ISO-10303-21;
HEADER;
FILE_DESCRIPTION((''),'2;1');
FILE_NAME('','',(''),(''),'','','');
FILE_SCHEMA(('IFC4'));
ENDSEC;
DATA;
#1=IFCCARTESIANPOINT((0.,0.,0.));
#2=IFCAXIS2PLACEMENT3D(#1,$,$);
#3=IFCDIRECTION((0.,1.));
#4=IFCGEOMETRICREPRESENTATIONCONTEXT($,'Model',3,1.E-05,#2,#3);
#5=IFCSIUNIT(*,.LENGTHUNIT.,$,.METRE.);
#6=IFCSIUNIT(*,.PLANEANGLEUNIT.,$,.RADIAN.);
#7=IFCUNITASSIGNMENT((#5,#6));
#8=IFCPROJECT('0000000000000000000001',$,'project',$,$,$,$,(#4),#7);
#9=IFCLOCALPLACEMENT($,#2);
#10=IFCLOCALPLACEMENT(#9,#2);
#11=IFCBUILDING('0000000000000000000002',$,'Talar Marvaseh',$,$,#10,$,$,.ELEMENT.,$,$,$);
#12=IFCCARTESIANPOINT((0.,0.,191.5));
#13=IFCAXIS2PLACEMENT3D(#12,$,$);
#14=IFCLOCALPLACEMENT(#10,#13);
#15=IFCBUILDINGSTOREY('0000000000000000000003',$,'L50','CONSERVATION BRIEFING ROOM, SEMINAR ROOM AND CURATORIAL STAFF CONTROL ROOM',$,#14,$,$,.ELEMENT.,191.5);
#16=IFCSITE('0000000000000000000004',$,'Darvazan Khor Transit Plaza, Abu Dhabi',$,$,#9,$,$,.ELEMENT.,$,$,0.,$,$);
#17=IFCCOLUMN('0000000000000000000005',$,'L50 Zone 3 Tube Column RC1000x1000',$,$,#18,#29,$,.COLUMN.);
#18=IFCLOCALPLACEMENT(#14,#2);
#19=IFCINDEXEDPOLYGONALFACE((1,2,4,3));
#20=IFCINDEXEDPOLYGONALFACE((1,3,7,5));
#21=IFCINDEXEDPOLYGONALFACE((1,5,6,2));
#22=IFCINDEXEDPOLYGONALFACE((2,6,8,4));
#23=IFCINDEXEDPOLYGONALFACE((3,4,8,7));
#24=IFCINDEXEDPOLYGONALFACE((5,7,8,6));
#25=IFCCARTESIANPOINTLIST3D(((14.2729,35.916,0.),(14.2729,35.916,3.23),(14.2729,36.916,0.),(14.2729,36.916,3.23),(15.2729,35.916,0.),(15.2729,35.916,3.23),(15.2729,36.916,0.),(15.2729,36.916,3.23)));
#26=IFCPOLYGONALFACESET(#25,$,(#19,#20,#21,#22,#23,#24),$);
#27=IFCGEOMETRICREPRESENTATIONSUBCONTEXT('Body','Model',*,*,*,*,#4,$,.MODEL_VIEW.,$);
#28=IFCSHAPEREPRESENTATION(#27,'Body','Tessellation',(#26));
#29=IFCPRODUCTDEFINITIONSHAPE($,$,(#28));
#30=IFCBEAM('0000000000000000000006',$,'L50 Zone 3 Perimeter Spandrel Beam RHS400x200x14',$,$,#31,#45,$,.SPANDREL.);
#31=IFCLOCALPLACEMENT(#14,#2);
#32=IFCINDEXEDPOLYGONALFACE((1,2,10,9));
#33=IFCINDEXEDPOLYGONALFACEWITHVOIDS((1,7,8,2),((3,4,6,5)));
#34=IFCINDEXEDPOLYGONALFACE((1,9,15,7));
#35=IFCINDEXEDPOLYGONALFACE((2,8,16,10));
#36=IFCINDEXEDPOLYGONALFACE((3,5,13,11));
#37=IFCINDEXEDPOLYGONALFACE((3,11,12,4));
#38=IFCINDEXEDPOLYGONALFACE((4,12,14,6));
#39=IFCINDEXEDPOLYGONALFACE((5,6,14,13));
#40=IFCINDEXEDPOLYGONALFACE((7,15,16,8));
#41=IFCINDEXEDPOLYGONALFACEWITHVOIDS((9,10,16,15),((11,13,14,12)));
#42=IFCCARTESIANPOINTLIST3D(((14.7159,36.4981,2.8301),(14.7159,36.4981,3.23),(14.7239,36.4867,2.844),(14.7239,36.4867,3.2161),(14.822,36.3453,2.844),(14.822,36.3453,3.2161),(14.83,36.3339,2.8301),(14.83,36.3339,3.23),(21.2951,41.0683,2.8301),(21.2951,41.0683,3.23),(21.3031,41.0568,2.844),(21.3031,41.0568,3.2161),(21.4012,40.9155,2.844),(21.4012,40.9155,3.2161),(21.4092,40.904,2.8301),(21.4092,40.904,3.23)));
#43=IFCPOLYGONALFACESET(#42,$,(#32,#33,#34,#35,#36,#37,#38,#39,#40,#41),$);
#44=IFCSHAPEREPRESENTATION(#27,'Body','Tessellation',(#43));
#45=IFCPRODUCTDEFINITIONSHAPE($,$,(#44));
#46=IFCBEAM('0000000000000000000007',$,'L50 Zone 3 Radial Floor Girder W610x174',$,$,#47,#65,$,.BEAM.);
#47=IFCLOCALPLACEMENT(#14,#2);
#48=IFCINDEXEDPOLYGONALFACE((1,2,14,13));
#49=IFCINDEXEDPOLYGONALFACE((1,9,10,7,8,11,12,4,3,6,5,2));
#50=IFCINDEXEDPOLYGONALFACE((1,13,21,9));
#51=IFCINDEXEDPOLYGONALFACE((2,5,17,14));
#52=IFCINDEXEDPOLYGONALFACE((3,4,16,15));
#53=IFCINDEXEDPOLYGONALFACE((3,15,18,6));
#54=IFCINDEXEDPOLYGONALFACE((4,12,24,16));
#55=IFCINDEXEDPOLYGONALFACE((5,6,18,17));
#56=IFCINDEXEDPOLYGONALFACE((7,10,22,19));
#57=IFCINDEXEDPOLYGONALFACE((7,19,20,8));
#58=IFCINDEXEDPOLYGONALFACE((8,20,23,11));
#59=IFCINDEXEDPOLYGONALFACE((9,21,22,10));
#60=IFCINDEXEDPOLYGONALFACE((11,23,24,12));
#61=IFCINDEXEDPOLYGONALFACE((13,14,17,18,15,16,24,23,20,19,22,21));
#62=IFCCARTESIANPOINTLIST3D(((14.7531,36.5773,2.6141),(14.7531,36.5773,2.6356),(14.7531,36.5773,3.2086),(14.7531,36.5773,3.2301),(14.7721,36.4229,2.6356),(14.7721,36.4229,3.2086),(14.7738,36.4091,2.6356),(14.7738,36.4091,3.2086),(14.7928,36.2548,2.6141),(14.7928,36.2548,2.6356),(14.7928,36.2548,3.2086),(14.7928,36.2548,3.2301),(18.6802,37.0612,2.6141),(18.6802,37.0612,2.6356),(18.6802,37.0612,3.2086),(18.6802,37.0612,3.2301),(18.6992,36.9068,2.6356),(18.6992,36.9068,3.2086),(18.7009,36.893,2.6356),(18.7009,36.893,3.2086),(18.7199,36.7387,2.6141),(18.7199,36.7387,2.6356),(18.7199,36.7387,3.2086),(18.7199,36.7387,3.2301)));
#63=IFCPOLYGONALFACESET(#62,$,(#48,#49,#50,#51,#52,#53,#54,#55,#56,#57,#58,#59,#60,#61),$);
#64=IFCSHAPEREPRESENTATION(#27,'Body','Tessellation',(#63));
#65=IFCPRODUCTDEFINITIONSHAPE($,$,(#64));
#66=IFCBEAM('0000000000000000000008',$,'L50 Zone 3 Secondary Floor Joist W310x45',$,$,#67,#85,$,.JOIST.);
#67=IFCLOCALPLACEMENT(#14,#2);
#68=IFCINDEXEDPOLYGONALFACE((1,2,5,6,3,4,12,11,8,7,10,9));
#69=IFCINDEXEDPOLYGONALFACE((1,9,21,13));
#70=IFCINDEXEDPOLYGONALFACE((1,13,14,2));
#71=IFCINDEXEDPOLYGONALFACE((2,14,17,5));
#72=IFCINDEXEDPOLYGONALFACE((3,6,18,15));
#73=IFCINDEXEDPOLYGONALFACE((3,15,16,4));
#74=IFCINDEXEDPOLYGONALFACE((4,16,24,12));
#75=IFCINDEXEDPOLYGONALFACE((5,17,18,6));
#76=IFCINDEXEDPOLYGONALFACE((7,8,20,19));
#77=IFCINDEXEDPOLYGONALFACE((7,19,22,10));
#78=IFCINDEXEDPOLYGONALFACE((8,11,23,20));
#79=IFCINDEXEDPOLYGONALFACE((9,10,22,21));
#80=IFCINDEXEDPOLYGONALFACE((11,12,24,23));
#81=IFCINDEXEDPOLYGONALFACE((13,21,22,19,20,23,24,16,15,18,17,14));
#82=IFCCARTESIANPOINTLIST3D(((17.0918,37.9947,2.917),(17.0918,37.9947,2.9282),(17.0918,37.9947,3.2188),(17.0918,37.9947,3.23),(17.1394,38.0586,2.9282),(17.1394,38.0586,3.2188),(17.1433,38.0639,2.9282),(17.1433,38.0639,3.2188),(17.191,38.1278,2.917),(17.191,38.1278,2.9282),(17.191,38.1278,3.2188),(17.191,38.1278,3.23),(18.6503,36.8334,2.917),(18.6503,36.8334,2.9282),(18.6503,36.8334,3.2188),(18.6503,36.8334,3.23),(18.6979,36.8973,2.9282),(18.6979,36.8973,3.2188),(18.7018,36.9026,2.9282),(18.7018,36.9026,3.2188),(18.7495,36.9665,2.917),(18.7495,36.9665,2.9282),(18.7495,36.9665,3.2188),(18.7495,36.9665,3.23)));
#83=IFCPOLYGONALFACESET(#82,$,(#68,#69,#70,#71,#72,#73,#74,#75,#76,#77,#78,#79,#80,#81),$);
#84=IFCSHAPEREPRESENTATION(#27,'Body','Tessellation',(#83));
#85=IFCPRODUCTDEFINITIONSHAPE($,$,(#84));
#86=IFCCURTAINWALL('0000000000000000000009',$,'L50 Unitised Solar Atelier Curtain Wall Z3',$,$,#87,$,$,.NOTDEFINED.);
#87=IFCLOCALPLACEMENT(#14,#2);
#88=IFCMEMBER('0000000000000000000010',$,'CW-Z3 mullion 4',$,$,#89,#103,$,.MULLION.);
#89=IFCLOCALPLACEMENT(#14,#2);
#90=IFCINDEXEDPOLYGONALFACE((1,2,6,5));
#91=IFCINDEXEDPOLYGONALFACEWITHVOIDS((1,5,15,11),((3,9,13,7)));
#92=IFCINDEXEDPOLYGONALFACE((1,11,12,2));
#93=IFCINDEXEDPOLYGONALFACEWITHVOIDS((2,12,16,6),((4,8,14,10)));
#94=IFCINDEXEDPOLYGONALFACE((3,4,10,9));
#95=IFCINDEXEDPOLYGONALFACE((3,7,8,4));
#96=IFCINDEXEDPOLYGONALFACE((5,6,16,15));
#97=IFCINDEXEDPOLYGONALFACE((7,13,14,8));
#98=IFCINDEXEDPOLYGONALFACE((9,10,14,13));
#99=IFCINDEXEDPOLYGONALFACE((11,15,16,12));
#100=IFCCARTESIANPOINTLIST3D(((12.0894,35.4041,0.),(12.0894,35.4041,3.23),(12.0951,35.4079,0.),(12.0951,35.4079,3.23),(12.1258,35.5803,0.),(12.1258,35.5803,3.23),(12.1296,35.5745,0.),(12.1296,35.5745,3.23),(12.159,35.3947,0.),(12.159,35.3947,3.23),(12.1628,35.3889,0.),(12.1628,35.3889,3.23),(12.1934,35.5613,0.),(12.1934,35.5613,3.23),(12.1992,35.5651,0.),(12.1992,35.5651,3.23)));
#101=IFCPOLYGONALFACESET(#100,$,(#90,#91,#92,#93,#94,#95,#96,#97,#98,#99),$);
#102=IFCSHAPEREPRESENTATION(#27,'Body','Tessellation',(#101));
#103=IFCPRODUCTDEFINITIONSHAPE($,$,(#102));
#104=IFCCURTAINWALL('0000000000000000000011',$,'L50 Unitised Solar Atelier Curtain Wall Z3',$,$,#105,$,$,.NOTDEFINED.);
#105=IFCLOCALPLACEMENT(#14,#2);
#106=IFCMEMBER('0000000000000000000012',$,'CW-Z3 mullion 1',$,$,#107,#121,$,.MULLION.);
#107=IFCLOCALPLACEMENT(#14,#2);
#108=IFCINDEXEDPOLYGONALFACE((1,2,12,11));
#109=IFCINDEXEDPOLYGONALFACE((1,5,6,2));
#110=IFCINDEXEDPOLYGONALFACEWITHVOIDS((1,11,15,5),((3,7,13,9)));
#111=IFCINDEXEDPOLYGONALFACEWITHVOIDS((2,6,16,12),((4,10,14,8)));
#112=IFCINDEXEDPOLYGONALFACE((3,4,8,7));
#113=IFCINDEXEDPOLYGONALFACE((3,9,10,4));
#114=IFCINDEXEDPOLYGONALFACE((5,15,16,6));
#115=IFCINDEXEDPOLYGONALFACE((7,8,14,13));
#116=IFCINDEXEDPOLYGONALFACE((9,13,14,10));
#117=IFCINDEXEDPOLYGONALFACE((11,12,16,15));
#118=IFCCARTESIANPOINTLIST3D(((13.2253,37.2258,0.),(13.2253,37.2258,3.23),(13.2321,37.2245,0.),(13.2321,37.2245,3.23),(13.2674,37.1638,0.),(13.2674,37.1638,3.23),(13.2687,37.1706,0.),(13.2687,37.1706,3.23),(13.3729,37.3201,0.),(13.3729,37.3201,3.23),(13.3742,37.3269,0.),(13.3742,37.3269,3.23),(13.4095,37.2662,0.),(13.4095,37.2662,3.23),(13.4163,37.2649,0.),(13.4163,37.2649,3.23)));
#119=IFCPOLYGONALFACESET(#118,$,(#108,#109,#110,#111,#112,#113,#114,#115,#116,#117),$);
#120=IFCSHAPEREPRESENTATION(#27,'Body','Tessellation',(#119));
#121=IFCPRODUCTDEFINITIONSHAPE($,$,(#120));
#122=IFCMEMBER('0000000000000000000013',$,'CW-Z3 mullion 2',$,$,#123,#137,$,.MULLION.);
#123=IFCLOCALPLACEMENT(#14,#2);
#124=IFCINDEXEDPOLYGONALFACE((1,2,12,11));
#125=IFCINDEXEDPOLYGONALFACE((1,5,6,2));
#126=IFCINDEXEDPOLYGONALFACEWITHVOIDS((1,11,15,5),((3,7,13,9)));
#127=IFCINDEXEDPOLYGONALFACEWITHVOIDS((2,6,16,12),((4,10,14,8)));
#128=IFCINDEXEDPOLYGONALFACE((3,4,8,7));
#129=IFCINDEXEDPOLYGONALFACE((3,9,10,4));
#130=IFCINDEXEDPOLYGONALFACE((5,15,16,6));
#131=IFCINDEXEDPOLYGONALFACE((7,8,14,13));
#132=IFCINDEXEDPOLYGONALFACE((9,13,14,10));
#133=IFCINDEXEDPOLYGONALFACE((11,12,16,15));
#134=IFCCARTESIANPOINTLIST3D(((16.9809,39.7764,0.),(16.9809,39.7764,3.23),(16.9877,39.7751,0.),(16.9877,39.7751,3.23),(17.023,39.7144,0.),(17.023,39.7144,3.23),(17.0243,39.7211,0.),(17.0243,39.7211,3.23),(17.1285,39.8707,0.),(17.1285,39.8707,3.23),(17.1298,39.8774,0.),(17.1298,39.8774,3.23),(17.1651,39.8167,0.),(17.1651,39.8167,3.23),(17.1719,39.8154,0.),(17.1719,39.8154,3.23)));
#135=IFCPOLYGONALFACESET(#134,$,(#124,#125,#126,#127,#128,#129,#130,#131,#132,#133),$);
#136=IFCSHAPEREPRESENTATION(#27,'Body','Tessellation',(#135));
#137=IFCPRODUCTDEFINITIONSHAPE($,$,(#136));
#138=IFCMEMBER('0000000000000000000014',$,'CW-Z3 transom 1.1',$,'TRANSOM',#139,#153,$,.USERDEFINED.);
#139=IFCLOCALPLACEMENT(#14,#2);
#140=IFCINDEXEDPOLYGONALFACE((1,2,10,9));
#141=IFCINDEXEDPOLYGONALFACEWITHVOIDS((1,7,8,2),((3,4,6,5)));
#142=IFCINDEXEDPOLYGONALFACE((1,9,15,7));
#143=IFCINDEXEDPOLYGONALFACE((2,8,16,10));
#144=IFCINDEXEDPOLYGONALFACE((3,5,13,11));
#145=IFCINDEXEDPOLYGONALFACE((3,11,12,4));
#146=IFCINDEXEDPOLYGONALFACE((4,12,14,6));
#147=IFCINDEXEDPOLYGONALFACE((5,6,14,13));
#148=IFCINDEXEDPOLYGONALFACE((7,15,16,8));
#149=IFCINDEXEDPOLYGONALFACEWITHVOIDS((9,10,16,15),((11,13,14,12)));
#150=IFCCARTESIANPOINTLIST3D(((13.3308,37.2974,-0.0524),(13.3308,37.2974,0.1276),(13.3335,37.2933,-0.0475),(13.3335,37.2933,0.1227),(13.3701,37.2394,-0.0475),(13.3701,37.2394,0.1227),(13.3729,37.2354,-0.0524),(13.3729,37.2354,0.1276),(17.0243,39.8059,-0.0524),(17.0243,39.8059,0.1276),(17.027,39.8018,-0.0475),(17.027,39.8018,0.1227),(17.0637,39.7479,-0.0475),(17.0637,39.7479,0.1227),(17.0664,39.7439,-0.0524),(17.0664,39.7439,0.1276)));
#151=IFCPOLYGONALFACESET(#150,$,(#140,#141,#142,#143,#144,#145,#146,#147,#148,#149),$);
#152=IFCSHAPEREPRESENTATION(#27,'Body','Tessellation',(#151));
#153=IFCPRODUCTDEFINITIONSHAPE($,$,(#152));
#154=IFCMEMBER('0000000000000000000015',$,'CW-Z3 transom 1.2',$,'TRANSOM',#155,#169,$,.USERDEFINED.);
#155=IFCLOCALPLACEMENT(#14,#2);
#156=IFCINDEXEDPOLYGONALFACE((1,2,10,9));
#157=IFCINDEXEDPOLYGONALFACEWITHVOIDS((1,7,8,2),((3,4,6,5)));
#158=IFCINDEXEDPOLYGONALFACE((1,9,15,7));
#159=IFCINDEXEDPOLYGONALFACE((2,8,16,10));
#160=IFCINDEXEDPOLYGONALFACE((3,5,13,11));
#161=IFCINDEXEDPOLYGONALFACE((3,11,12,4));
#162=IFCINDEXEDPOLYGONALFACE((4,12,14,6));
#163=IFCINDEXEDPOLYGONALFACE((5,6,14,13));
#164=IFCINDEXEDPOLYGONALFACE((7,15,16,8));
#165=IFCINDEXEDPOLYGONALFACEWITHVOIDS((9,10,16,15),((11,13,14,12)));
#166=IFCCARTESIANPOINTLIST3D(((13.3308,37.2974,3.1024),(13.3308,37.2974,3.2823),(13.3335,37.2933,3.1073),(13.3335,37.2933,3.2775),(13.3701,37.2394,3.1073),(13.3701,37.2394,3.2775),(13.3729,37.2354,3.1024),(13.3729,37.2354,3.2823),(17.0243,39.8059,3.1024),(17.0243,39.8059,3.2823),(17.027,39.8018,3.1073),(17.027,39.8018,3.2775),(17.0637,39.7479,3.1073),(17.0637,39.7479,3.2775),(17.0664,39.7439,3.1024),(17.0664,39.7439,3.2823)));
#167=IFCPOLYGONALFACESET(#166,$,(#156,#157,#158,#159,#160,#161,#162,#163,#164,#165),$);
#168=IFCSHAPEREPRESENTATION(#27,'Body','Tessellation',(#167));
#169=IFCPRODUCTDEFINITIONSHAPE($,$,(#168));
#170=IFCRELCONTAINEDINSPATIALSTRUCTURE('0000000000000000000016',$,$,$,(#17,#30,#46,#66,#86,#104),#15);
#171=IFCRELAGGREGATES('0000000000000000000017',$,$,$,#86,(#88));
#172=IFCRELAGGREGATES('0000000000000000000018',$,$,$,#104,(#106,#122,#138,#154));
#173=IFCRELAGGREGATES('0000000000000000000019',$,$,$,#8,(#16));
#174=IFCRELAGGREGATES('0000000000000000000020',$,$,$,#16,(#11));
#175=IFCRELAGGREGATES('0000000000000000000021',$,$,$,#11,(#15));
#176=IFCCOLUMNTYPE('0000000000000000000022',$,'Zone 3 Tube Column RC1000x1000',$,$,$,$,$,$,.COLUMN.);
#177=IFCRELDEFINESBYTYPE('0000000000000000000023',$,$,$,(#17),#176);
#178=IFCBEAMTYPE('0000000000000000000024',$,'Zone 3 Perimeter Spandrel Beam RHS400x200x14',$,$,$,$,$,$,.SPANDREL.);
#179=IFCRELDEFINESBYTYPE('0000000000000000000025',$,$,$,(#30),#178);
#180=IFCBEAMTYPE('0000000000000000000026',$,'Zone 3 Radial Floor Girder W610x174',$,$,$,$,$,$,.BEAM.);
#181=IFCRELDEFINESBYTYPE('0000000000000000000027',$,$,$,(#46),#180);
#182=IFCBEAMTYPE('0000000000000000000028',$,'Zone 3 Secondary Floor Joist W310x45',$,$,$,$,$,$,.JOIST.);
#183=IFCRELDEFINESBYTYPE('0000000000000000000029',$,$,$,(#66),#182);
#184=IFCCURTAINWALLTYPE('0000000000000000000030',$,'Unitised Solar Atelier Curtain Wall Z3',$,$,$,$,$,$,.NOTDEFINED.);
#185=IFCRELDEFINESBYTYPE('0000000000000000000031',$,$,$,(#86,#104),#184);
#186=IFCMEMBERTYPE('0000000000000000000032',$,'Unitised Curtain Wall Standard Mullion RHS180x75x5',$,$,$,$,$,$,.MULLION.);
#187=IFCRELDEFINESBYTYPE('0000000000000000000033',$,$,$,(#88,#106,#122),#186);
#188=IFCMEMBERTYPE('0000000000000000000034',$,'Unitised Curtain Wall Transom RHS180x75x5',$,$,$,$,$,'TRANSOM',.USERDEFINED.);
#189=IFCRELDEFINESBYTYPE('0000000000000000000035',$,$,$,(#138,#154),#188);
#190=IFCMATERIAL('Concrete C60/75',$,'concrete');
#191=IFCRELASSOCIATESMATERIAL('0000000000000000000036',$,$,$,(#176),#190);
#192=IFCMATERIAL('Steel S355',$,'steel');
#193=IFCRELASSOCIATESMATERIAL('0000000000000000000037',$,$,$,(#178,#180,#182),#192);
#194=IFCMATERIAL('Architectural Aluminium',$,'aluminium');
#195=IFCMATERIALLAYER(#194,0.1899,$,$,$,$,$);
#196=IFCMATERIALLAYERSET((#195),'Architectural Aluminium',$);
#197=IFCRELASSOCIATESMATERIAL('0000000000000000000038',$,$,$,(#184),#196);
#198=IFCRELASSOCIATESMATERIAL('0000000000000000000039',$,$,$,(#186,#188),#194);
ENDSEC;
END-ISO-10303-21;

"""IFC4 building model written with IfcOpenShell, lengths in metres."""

from ifc_helpers import new_model, si_unit, direction, frame, origin, origin_2d, place, context, subcontext, project, spatial, rectangle, hollow_rectangle, i_section, extrude, source, transform, mapped, material, layer, layer_set, material_profile, profile_set, type_object, type_shapes, element, aggregate, save


model = new_model("IFC4")

# Units and contexts
model_context = context("Model", 3, precision=1e-05, world=origin(), true_north=direction((0.0, 1.0)))
body_context = subcontext(model_context, "Body", "Model", "MODEL_VIEW")
ifc_project = project(units=[si_unit("LENGTHUNIT", "METRE"), si_unit("PLANEANGLEUNIT", "RADIAN")], contexts=[model_context])

# Site, building, storey
site_placement = place(None, origin())
site = spatial("IfcSite", under=ifc_project, at=site_placement, Name="Darvazan Khor Transit Plaza, Abu Dhabi", CompositionType="ELEMENT", RefElevation=0.0)
building_placement = place(site_placement, origin())
building = spatial("IfcBuilding", under=site, at=building_placement, Name="Talar Marvaseh", CompositionType="ELEMENT")
storey_placement = place(building_placement, frame((0.0, 0.0, 191.5)))
storey = spatial("IfcBuildingStorey", under=building, at=storey_placement, Name="L50", Description="CONSERVATION BRIEFING ROOM, SEMINAR ROOM AND CURATORIAL STAFF CONTROL ROOM", CompositionType="ELEMENT", Elevation=191.5)

# Column
ifc_material_1 = material(Name="Concrete C60/75", Category="concrete")
ifc_material_profile_1 = material_profile(ifc_material_1, rectangle(XDim=1.0, YDim=1.0, at=origin_2d()), Name="RC1000x1000")
ifc_profile_set_1 = profile_set([ifc_material_profile_1], Name="Concrete C60/75")
column_type = type_object("IfcColumnType", Name="Zone 3 Tube Column RC1000x1000", PredefinedType="COLUMN", material=ifc_profile_set_1)
column_placement = place(storey_placement, frame((14.7729, 36.416, 0.0), z_axis=(0.0, 0.0, 1.0), x_axis=(1.0, 0.0, 0.0)))
element("IfcColumn", 1, at=column_placement, inside=storey, type_object=column_type, Name="L50 Zone 3 Tube Column RC1000x1000", PredefinedType="COLUMN", context=body_context, shape_type="SweptSolid", body=[
    extrude(rectangle(XDim=1.0, YDim=1.0, at=origin_2d()), origin(), (0.0, 0.0, 1.0), 3.23),
])

# Beams
ifc_material_2 = material(Name="Steel S355", Category="steel")
ifc_material_profile_2 = material_profile(ifc_material_2, hollow_rectangle(XDim=0.2, YDim=0.3999, WallThickness=0.0139, at=origin_2d()), Name="RHS400x200x14")
ifc_profile_set_2 = profile_set([ifc_material_profile_2], Name="Steel S355")
beam_type_1 = type_object("IfcBeamType", Name="Zone 3 Perimeter Spandrel Beam RHS400x200x14", PredefinedType="SPANDREL", material=ifc_profile_set_2)
beam_1_placement = place(storey_placement, frame((14.7729, 36.416, 3.03), z_axis=(0.821297, 0.570501, 0.0), x_axis=(-0.570501, 0.821297, 0.0)))
element("IfcBeam", 2, at=beam_1_placement, inside=storey, type_object=beam_type_1, Name="L50 Zone 3 Perimeter Spandrel Beam RHS400x200x14", PredefinedType="SPANDREL", context=body_context, shape_type="SweptSolid", body=[
    extrude(hollow_rectangle(XDim=0.2, YDim=0.3999, WallThickness=0.0139, at=origin_2d()), origin(), (0.0, 0.0, 1.0), 8.0107),
])
ifc_material_profile_3 = material_profile(ifc_material_2, i_section(OverallWidth=0.325, OverallDepth=0.616, WebThickness=0.0139, FlangeThickness=0.0215, at=origin_2d()), Name="W610x174")
ifc_profile_set_3 = profile_set([ifc_material_profile_3], Name="Steel S355")
beam_type_2 = type_object("IfcBeamType", Name="Zone 3 Radial Floor Girder W610x174", PredefinedType="BEAM", material=ifc_profile_set_3)
beam_2_placement = place(storey_placement, frame((14.7729, 36.416, 2.9221), z_axis=(0.992494, 0.122295, 0.0), x_axis=(-0.122295, 0.992494, 0.0)))
element("IfcBeam", 3, at=beam_2_placement, inside=storey, type_object=beam_type_2, Name="L50 Zone 3 Radial Floor Girder W610x174", PredefinedType="BEAM", context=body_context, shape_type="SweptSolid", body=[
    extrude(i_section(OverallWidth=0.325, OverallDepth=0.616, WebThickness=0.0139, FlangeThickness=0.0215, at=origin_2d()), origin(), (0.0, 0.0, 1.0), 3.9568),
])
ifc_material_profile_4 = material_profile(ifc_material_2, i_section(OverallWidth=0.166, OverallDepth=0.313, WebThickness=0.0066, FlangeThickness=0.0112, at=origin_2d()), Name="W310x45")
ifc_profile_set_4 = profile_set([ifc_material_profile_4], Name="Steel S355")
beam_type_3 = type_object("IfcBeamType", Name="Zone 3 Secondary Floor Joist W310x45", PredefinedType="JOIST", material=ifc_profile_set_4)
beam_3_placement = place(storey_placement, frame((17.1414, 38.0613, 3.0735), z_axis=(0.801865, -0.597505, 0.0), x_axis=(0.597505, 0.801865, 0.0)))
element("IfcBeam", 4, at=beam_3_placement, inside=storey, type_object=beam_type_3, Name="L50 Zone 3 Secondary Floor Joist W310x45", PredefinedType="JOIST", context=body_context, shape_type="SweptSolid", body=[
    extrude(i_section(OverallWidth=0.166, OverallDepth=0.313, WebThickness=0.0066, FlangeThickness=0.0112, at=origin_2d()), origin(), (0.0, 0.0, 1.0), 1.9436),
])

# Curtain wall, member
ifc_material_3 = material(Name="Architectural Aluminium", Category="aluminium")
ifc_layer_1 = layer(ifc_material_3, 0.1899)
ifc_layer_set_1 = layer_set([ifc_layer_1], Name="Architectural Aluminium")
curtain_wall_type = type_object("IfcCurtainWallType", Name="Unitised Solar Atelier Curtain Wall Z3", PredefinedType="NOTDEFINED", material=ifc_layer_set_1)
curtain_wall_1_placement = place(storey_placement, origin())
curtain_wall_1 = element("IfcCurtainWall", 5, at=curtain_wall_1_placement, inside=storey, type_object=curtain_wall_type, Name="L50 Unitised Solar Atelier Curtain Wall Z3", PredefinedType="NOTDEFINED")
ifc_material_profile_5 = material_profile(ifc_material_3, hollow_rectangle(XDim=0.075, YDim=0.1799, WallThickness=0.0049, at=origin_2d()), Name="RHS180x75x5")
ifc_profile_set_5 = profile_set([ifc_material_profile_5], Name="Architectural Aluminium")
member_type_1 = type_object("IfcMemberType", Name="Unitised Curtain Wall Standard Mullion RHS180x75x5", PredefinedType="MULLION", material=ifc_profile_set_5)
shared_shape_1 = source(origin(), body_context, "Body", "SweptSolid", [
    extrude(hollow_rectangle(XDim=0.075, YDim=0.1799, WallThickness=0.0049, at=origin_2d()), origin(), (0.0, 0.0, 1.0), 3.23),
])
type_shapes(member_type_1, [shared_shape_1])
member_1_placement = place(storey_placement, frame((12.1443, 35.4846, 0.0), z_axis=(0.0, 0.0, 1.0), x_axis=(-0.979286, 0.20248, 0.0)))
member_1 = element("IfcMember", 6, at=member_1_placement, type_object=member_type_1, Name="CW-Z3 mullion 4", PredefinedType="MULLION", context=body_context, shape_type="MappedRepresentation", body=[
    mapped(shared_shape_1, transform((0.0, 0.0, 0.0), x_axis=(1.0, 0.0, 0.0), y_axis=(0.0, 1.0, 0.0), z_axis=(0.0, 0.0, 1.0), scale=1.0)),
])
aggregate(curtain_wall_1, [member_1])

# Curtain wall, members
curtain_wall_2_placement = place(storey_placement, origin())
curtain_wall_2 = element("IfcCurtainWall", 7, at=curtain_wall_2_placement, inside=storey, type_object=curtain_wall_type, Name="L50 Unitised Solar Atelier Curtain Wall Z3", PredefinedType="NOTDEFINED")
member_2_placement = place(storey_placement, frame((13.3208, 37.2454, 0.0), z_axis=(0.0, 0.0, 1.0), x_axis=(-0.561827, 0.827255, 0.0)))
member_2 = element("IfcMember", 8, at=member_2_placement, type_object=member_type_1, Name="CW-Z3 mullion 1", PredefinedType="MULLION", context=body_context, shape_type="MappedRepresentation", body=[
    mapped(shared_shape_1, transform((0.0, 0.0, 0.0), x_axis=(1.0, 0.0, 0.0), y_axis=(0.0, 1.0, 0.0), z_axis=(0.0, 0.0, 1.0), scale=1.0)),
])
member_3_placement = place(storey_placement, frame((17.0764, 39.7959, 0.0), z_axis=(0.0, 0.0, 1.0), x_axis=(-0.561827, 0.827255, 0.0)))
member_3 = element("IfcMember", 9, at=member_3_placement, type_object=member_type_1, Name="CW-Z3 mullion 2", PredefinedType="MULLION", context=body_context, shape_type="MappedRepresentation", body=[
    mapped(shared_shape_1, transform((0.0, 0.0, 0.0), x_axis=(1.0, 0.0, 0.0), y_axis=(0.0, 1.0, 0.0), z_axis=(0.0, 0.0, 1.0), scale=1.0)),
])
ifc_material_profile_6 = material_profile(ifc_material_3, hollow_rectangle(XDim=0.075, YDim=0.1799, WallThickness=0.0049, at=origin_2d()), Name="RHS180x75x5")
ifc_profile_set_6 = profile_set([ifc_material_profile_6], Name="Architectural Aluminium")
member_type_2 = type_object("IfcMemberType", Name="Unitised Curtain Wall Transom RHS180x75x5", ElementType="TRANSOM", PredefinedType="USERDEFINED", material=ifc_profile_set_6)
shared_shape_2 = source(origin(), body_context, "Body", "SweptSolid", [
    extrude(hollow_rectangle(XDim=0.075, YDim=0.1799, WallThickness=0.0049, at=origin_2d()), origin(), (0.0, 0.0, 1.0), 4.4648),
])
member_4_placement = place(storey_placement, frame((13.3518, 37.2664, 0.0376), z_axis=(0.82725, 0.561834, 0.0), x_axis=(-0.561834, 0.82725, 0.0)))
member_4 = element("IfcMember", 10, at=member_4_placement, type_object=member_type_2, Name="CW-Z3 transom 1.1", ObjectType="TRANSOM", PredefinedType="USERDEFINED", context=body_context, shape_type="MappedRepresentation", body=[
    mapped(shared_shape_2, transform((0.0, 0.0, 0.0), x_axis=(1.0, 0.0, 0.0), y_axis=(0.0, 1.0, 0.0), z_axis=(0.0, 0.0, 1.0), scale=1.0)),
])
member_5_placement = place(storey_placement, frame((13.3518, 37.2664, 3.1924), z_axis=(0.82725, 0.561834, 0.0), x_axis=(-0.561834, 0.82725, 0.0)))
member_5 = element("IfcMember", 11, at=member_5_placement, type_object=member_type_2, Name="CW-Z3 transom 1.2", ObjectType="TRANSOM", PredefinedType="USERDEFINED", context=body_context, shape_type="MappedRepresentation", body=[
    mapped(shared_shape_2, transform((0.0, 0.0, 0.0), x_axis=(1.0, 0.0, 0.0), y_axis=(0.0, 1.0, 0.0), z_axis=(0.0, 0.0, 1.0), scale=1.0)),
])
aggregate(curtain_wall_2, [member_2, member_3, member_4, member_5])

save(model, "model.ifc")
